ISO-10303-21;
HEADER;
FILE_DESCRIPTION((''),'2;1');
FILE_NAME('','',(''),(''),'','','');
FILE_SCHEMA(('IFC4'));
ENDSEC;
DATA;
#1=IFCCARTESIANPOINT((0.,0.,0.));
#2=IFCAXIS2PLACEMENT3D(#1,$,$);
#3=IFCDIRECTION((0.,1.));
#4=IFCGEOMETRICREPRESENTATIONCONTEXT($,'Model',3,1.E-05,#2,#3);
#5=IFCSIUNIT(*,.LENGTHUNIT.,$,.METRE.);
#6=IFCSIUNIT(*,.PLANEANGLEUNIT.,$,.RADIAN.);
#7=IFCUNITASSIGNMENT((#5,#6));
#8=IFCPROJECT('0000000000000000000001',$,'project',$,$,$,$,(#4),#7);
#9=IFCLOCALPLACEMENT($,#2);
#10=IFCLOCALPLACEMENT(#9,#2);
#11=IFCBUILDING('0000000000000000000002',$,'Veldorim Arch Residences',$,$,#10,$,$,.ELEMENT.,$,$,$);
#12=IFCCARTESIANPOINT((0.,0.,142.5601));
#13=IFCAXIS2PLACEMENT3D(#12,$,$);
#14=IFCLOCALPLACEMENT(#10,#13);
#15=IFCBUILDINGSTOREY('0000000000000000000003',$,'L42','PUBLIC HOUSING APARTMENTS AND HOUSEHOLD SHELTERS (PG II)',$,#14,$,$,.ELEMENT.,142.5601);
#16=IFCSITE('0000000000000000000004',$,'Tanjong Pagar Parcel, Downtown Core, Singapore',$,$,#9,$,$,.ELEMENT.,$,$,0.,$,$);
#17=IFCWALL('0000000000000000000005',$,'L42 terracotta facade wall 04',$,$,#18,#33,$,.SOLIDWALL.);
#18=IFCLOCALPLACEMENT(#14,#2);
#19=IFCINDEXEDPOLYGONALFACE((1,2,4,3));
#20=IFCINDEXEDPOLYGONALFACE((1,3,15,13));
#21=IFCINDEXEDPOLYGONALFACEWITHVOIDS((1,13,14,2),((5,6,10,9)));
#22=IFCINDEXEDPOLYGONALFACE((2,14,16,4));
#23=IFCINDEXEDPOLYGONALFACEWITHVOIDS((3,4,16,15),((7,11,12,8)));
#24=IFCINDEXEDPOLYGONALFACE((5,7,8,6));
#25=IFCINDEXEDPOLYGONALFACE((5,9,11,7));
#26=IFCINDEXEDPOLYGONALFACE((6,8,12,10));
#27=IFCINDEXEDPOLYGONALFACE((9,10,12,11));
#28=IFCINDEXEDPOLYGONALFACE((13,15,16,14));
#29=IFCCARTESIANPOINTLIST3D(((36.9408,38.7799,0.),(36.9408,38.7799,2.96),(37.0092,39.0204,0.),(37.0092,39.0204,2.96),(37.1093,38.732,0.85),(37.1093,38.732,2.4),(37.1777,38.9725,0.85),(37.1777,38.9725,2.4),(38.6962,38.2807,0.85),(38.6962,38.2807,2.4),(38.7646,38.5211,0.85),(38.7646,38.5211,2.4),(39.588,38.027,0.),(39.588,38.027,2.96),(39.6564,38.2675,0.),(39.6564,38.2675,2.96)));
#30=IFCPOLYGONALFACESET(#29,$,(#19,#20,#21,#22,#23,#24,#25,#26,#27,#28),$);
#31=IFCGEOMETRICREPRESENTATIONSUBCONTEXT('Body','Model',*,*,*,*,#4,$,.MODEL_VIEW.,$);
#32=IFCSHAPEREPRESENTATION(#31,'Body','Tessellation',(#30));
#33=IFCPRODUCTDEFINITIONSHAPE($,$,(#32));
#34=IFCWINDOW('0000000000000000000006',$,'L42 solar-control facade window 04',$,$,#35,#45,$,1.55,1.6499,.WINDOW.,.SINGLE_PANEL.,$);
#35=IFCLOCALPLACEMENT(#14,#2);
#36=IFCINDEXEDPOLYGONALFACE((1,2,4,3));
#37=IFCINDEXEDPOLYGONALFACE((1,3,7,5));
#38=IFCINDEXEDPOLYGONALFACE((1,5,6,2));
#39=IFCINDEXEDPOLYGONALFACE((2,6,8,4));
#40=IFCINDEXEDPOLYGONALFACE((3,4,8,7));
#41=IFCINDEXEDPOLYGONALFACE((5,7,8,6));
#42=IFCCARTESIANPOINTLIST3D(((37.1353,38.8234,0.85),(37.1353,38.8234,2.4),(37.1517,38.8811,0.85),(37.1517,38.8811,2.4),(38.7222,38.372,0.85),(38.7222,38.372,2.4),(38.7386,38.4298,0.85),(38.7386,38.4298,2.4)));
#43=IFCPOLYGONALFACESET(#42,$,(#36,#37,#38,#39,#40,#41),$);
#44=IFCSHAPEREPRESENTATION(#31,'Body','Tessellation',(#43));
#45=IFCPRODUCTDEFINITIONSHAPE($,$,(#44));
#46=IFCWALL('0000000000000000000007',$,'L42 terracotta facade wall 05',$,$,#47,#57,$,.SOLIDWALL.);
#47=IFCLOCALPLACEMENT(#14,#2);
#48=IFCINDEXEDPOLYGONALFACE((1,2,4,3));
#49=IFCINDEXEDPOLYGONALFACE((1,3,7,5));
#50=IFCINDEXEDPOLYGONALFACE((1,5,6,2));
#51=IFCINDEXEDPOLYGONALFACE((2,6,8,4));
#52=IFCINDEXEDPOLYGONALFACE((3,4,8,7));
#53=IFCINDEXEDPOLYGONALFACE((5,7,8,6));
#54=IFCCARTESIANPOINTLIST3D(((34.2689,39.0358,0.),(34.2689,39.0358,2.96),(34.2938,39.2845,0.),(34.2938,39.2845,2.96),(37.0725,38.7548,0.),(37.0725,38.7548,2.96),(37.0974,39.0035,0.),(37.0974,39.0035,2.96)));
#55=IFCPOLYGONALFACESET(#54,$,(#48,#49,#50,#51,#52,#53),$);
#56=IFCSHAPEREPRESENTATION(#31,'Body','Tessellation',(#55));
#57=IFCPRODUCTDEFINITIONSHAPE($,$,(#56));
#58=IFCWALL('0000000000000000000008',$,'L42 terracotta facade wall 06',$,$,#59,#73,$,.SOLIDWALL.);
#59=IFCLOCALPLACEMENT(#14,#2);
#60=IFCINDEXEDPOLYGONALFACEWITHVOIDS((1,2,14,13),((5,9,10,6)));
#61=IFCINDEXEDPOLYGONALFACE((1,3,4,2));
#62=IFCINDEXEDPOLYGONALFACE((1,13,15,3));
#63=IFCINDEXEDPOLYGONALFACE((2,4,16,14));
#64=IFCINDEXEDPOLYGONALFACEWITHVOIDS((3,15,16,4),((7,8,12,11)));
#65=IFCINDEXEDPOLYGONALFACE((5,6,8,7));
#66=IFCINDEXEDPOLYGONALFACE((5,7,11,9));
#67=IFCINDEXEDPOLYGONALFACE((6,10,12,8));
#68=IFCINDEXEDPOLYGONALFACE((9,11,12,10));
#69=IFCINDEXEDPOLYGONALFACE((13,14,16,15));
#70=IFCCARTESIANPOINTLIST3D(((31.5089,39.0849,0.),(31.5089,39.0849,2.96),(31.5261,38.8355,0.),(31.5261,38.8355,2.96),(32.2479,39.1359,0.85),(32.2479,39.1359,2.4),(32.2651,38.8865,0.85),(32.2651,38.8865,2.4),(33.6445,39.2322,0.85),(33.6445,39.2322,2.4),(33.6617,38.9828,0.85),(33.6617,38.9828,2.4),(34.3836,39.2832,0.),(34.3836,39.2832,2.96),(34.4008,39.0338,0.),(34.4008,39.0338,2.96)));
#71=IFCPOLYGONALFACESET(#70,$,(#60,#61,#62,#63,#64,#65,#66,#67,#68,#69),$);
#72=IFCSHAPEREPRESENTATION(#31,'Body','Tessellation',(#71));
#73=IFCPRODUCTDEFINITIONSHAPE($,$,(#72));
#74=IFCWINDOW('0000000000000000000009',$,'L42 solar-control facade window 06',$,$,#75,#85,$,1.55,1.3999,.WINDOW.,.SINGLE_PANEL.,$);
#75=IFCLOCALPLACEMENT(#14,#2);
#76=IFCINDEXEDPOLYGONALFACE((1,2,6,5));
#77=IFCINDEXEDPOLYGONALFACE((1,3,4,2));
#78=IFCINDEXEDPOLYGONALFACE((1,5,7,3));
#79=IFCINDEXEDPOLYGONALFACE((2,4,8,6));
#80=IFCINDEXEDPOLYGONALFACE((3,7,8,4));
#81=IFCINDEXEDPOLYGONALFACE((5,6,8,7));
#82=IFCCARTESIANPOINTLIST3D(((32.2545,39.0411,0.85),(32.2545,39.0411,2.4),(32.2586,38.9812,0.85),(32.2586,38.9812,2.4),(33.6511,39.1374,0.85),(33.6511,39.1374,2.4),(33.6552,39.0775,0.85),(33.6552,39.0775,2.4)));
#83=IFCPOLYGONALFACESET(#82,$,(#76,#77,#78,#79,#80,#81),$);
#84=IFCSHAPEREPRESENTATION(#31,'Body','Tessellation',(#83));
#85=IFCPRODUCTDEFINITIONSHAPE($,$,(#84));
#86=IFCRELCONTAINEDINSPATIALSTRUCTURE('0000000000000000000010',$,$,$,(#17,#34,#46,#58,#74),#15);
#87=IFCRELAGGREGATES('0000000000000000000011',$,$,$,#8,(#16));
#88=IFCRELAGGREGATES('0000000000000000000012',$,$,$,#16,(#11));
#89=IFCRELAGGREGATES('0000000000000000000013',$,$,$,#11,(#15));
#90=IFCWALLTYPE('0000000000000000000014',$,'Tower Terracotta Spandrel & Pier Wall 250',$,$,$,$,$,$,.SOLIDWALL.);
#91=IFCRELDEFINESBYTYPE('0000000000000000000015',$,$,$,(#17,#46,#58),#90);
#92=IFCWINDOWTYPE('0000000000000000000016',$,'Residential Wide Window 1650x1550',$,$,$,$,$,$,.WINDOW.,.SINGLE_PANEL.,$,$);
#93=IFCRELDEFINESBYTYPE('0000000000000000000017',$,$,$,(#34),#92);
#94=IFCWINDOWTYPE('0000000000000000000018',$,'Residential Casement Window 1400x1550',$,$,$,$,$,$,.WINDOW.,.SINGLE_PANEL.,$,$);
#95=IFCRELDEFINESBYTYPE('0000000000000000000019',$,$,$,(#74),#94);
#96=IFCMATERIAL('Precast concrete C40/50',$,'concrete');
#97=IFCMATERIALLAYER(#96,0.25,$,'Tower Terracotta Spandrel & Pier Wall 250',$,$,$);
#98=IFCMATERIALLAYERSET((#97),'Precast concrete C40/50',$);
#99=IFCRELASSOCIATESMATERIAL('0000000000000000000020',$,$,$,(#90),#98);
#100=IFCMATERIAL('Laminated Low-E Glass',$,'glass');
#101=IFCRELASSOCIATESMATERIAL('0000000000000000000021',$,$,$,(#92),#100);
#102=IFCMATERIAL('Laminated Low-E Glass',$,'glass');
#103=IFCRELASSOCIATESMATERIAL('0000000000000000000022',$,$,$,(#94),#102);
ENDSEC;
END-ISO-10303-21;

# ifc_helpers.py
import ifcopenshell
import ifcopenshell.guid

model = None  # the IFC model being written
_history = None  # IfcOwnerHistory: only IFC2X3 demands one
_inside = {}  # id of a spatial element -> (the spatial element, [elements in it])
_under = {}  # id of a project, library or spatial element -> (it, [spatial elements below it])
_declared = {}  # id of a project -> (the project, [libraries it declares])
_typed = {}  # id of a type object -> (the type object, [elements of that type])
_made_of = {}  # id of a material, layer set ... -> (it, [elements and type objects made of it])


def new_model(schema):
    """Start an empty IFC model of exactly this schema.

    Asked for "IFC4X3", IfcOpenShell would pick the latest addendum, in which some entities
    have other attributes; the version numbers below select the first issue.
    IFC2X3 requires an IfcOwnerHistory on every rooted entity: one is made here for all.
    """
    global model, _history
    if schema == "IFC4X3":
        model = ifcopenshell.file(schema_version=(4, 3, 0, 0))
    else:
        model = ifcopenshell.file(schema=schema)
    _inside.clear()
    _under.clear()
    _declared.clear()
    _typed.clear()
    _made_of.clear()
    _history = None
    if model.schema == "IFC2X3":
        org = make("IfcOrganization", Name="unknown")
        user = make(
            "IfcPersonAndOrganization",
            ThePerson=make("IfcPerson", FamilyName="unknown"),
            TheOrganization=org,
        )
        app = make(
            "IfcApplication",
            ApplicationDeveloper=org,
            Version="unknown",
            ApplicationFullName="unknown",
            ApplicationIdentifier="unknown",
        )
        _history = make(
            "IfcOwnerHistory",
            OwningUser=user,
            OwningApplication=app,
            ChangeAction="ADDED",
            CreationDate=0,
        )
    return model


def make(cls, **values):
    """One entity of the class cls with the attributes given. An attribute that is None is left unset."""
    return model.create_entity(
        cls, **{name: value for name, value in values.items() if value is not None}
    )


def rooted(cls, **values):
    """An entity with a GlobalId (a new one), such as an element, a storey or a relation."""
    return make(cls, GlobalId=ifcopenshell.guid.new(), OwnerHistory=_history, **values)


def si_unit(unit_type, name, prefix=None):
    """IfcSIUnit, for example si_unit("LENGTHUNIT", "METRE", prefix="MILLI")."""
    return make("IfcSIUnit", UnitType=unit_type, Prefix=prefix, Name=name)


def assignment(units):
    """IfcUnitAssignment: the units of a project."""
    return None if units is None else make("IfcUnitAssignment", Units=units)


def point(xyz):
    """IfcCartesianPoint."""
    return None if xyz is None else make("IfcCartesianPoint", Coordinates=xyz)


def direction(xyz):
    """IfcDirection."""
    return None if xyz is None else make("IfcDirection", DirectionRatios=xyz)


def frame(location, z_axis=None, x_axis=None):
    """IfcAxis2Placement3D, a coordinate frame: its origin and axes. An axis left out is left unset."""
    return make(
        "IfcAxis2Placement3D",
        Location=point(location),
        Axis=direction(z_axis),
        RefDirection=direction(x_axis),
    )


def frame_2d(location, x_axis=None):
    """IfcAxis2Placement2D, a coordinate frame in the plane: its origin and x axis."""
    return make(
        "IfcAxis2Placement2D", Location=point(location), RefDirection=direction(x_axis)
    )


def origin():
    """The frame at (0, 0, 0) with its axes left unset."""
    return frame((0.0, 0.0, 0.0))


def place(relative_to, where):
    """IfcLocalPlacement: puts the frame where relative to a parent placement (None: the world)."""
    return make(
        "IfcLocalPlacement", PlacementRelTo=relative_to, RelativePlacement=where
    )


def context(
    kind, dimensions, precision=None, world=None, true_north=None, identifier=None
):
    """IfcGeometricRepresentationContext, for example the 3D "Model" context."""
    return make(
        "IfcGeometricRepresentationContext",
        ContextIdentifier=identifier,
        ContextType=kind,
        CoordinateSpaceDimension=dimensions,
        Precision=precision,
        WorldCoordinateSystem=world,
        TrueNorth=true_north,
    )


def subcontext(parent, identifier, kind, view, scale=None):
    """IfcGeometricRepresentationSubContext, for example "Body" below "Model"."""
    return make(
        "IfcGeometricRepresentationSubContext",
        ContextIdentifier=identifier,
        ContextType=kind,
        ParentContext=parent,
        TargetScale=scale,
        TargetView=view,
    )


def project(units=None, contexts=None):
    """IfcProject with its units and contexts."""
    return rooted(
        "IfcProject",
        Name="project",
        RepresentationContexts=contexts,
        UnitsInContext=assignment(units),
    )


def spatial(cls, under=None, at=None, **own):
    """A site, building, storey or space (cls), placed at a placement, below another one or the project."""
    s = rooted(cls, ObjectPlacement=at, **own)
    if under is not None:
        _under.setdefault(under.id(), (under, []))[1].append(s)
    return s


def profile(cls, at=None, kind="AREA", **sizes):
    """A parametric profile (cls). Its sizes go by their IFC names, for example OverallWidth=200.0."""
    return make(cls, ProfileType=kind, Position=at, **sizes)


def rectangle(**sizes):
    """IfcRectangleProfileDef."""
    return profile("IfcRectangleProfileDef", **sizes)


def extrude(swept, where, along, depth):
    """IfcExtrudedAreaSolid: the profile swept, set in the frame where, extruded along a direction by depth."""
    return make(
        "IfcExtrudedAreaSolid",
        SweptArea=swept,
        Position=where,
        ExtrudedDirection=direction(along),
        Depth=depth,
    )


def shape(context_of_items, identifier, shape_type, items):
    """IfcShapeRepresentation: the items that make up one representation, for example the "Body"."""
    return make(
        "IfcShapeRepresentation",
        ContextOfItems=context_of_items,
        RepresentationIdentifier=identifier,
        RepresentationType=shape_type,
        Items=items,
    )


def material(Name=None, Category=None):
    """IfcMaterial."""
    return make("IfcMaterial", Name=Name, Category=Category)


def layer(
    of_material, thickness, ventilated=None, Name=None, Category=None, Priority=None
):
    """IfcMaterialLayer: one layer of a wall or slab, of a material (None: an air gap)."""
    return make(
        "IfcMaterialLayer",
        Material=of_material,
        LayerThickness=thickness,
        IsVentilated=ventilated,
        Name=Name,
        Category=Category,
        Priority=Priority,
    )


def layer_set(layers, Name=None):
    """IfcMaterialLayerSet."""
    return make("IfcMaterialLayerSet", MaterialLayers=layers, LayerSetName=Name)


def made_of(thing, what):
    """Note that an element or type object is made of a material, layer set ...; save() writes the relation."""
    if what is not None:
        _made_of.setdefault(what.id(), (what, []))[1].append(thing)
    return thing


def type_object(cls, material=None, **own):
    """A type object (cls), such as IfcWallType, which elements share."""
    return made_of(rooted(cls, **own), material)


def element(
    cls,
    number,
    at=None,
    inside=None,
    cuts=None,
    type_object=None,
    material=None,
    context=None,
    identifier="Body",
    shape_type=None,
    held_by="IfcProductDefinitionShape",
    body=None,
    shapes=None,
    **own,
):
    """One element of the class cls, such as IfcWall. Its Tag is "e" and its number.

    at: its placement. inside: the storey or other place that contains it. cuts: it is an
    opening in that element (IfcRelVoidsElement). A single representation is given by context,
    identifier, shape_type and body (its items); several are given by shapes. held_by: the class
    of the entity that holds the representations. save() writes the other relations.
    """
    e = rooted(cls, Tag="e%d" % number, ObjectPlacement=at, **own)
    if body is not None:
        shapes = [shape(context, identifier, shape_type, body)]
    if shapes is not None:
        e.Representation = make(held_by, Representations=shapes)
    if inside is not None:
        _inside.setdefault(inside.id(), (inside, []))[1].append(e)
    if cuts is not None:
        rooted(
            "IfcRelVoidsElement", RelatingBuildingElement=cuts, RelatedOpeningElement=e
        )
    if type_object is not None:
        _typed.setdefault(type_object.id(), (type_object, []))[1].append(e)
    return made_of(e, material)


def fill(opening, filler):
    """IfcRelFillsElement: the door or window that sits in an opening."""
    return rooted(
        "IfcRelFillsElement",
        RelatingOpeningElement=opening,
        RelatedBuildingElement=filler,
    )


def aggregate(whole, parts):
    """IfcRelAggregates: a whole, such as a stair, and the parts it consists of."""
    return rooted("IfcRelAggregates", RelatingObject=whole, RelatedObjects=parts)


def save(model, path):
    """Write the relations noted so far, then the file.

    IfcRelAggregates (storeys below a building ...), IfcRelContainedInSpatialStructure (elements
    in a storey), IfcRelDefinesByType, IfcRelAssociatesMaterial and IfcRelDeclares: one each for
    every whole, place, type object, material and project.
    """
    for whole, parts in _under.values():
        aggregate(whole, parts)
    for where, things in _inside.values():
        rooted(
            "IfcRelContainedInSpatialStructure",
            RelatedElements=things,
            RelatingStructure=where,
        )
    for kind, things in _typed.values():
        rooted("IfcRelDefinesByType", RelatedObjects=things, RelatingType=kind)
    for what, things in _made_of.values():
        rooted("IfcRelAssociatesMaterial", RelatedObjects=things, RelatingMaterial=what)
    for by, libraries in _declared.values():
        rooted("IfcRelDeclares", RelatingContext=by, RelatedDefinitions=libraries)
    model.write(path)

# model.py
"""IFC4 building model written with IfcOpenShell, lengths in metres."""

from ifc_helpers import new_model, si_unit, direction, frame, frame_2d, origin, place, context, subcontext, project, spatial, rectangle, extrude, material, layer, layer_set, type_object, element, fill, save


model = new_model("IFC4")

# Units and contexts
model_context = context("Model", 3, precision=1e-05, world=origin(), true_north=direction((0.0, 1.0)))
body_context = subcontext(model_context, "Body", "Model", "MODEL_VIEW")
ifc_project = project(units=[si_unit("LENGTHUNIT", "METRE"), si_unit("PLANEANGLEUNIT", "RADIAN")], contexts=[model_context])

# Site, building, storey
site_placement = place(None, origin())
site = spatial("IfcSite", under=ifc_project, at=site_placement, Name="Tanjong Pagar Parcel, Downtown Core, Singapore", CompositionType="ELEMENT", RefElevation=0.0)
building_placement = place(site_placement, origin())
building = spatial("IfcBuilding", under=site, at=building_placement, Name="Veldorim Arch Residences", CompositionType="ELEMENT")
storey_placement = place(building_placement, frame((0.0, 0.0, 142.5601)))
storey = spatial("IfcBuildingStorey", under=building, at=storey_placement, Name="L42", Description="PUBLIC HOUSING APARTMENTS AND HOUSEHOLD SHELTERS (PG II)", CompositionType="ELEMENT", Elevation=142.5601)

# Wall, opening, window
ifc_material_1 = material(Name="Precast concrete C40/50", Category="concrete")
ifc_layer_1 = layer(ifc_material_1, 0.25, Name="Tower Terracotta Spandrel & Pier Wall 250")
ifc_layer_set_1 = layer_set([ifc_layer_1], Name="Precast concrete C40/50")
wall_type_1 = type_object("IfcWallType", Name="Tower Terracotta Spandrel & Pier Wall 250", PredefinedType="SOLIDWALL", material=ifc_layer_set_1)
wall_1_placement = place(storey_placement, frame((36.9751, 38.9001, 0.0), z_axis=(0.0, 0.0, 1.0), x_axis=(0.961851, -0.273573, 0.0)))
wall_1 = element("IfcWall", 1, at=wall_1_placement, inside=storey, type_object=wall_type_1, Name="L42 terracotta facade wall 04", PredefinedType="SOLIDWALL", context=body_context, shape_type="SweptSolid", body=[
    extrude(rectangle(XDim=2.7522, YDim=0.25, at=frame_2d((1.376, 0.0))), origin(), (0.0, 0.0, 1.0), 2.96),
])
opening_1_placement = place(wall_1_placement, frame((0.175, 0.0, 0.8501)))
opening_1 = element("IfcOpeningElement", 2, at=opening_1_placement, cuts=wall_1, PredefinedType="OPENING", context=body_context, shape_type="SweptSolid", body=[
    extrude(rectangle(XDim=1.6499, YDim=1.55, at=frame_2d((0.825, 0.7749))), frame((0.0, 0.135, 0.0), z_axis=(0.0, -1.0, 0.0), x_axis=(1.0, 0.0, 0.0)), (0.0, 0.0, 1.0), 0.27),
])
ifc_material_2 = material(Name="Laminated Low-E Glass", Category="glass")
window_type_1 = type_object("IfcWindowType", Name="Residential Wide Window 1650x1550", PartitioningType="SINGLE_PANEL", PredefinedType="WINDOW", material=ifc_material_2)
window_1_placement = place(opening_1_placement, origin())
window_1 = element("IfcWindow", 3, at=window_1_placement, inside=storey, type_object=window_type_1, Name="L42 solar-control facade window 04", OverallHeight=1.55, OverallWidth=1.6499, PartitioningType="SINGLE_PANEL", PredefinedType="WINDOW", context=body_context, shape_type="SweptSolid", body=[
    extrude(rectangle(XDim=1.6499, YDim=1.55, at=frame_2d((0.825, 0.7749))), frame((0.0, 0.03, 0.0), z_axis=(0.0, -1.0, 0.0), x_axis=(1.0, 0.0, 0.0)), (0.0, 0.0, 1.0), 0.0601),
])
fill(opening_1, window_1)

# Wall
wall_2_placement = place(storey_placement, frame((34.2815, 39.1602, 0.0), z_axis=(0.0, 0.0, 1.0), x_axis=(0.995014, -0.099735, 0.0)))
element("IfcWall", 4, at=wall_2_placement, inside=storey, type_object=wall_type_1, Name="L42 terracotta facade wall 05", PredefinedType="SOLIDWALL", context=body_context, shape_type="SweptSolid", body=[
    extrude(rectangle(XDim=2.8176, YDim=0.25, at=frame_2d((1.4087, 0.0))), origin(), (0.0, 0.0, 1.0), 2.96),
])

# Wall, opening, window
wall_3_placement = place(storey_placement, frame((31.5173, 38.9602, 0.0), z_axis=(0.0, 0.0, 1.0), x_axis=(0.997631, 0.068796, 0.0)))
wall_3 = element("IfcWall", 5, at=wall_3_placement, inside=storey, type_object=wall_type_1, Name="L42 terracotta facade wall 06", PredefinedType="SOLIDWALL", context=body_context, shape_type="SweptSolid", body=[
    extrude(rectangle(XDim=2.8816, YDim=0.25, at=frame_2d((1.4409, 0.0))), origin(), (0.0, 0.0, 1.0), 2.96),
])
opening_2_placement = place(wall_3_placement, frame((0.741, 0.0, 0.8501)))
opening_2 = element("IfcOpeningElement", 6, at=opening_2_placement, cuts=wall_3, PredefinedType="OPENING", context=body_context, shape_type="SweptSolid", body=[
    extrude(rectangle(XDim=1.3999, YDim=1.55, at=frame_2d((0.7, 0.7749))), frame((0.0, 0.135, 0.0), z_axis=(0.0, -1.0, 0.0), x_axis=(1.0, 0.0, 0.0)), (0.0, 0.0, 1.0), 0.27),
])
ifc_material_3 = material(Name="Laminated Low-E Glass", Category="glass")
window_type_2 = type_object("IfcWindowType", Name="Residential Casement Window 1400x1550", PartitioningType="SINGLE_PANEL", PredefinedType="WINDOW", material=ifc_material_3)
window_2_placement = place(opening_2_placement, origin())
window_2 = element("IfcWindow", 7, at=window_2_placement, inside=storey, type_object=window_type_2, Name="L42 solar-control facade window 06", OverallHeight=1.55, OverallWidth=1.3999, PartitioningType="SINGLE_PANEL", PredefinedType="WINDOW", context=body_context, shape_type="SweptSolid", body=[
    extrude(rectangle(XDim=1.3999, YDim=1.55, at=frame_2d((0.7, 0.7749))), frame((0.0, 0.03, 0.0), z_axis=(0.0, -1.0, 0.0), x_axis=(1.0, 0.0, 0.0)), (0.0, 0.0, 1.0), 0.0601),
])
fill(opening_2, window_2)

save(model, "model.ifc")
